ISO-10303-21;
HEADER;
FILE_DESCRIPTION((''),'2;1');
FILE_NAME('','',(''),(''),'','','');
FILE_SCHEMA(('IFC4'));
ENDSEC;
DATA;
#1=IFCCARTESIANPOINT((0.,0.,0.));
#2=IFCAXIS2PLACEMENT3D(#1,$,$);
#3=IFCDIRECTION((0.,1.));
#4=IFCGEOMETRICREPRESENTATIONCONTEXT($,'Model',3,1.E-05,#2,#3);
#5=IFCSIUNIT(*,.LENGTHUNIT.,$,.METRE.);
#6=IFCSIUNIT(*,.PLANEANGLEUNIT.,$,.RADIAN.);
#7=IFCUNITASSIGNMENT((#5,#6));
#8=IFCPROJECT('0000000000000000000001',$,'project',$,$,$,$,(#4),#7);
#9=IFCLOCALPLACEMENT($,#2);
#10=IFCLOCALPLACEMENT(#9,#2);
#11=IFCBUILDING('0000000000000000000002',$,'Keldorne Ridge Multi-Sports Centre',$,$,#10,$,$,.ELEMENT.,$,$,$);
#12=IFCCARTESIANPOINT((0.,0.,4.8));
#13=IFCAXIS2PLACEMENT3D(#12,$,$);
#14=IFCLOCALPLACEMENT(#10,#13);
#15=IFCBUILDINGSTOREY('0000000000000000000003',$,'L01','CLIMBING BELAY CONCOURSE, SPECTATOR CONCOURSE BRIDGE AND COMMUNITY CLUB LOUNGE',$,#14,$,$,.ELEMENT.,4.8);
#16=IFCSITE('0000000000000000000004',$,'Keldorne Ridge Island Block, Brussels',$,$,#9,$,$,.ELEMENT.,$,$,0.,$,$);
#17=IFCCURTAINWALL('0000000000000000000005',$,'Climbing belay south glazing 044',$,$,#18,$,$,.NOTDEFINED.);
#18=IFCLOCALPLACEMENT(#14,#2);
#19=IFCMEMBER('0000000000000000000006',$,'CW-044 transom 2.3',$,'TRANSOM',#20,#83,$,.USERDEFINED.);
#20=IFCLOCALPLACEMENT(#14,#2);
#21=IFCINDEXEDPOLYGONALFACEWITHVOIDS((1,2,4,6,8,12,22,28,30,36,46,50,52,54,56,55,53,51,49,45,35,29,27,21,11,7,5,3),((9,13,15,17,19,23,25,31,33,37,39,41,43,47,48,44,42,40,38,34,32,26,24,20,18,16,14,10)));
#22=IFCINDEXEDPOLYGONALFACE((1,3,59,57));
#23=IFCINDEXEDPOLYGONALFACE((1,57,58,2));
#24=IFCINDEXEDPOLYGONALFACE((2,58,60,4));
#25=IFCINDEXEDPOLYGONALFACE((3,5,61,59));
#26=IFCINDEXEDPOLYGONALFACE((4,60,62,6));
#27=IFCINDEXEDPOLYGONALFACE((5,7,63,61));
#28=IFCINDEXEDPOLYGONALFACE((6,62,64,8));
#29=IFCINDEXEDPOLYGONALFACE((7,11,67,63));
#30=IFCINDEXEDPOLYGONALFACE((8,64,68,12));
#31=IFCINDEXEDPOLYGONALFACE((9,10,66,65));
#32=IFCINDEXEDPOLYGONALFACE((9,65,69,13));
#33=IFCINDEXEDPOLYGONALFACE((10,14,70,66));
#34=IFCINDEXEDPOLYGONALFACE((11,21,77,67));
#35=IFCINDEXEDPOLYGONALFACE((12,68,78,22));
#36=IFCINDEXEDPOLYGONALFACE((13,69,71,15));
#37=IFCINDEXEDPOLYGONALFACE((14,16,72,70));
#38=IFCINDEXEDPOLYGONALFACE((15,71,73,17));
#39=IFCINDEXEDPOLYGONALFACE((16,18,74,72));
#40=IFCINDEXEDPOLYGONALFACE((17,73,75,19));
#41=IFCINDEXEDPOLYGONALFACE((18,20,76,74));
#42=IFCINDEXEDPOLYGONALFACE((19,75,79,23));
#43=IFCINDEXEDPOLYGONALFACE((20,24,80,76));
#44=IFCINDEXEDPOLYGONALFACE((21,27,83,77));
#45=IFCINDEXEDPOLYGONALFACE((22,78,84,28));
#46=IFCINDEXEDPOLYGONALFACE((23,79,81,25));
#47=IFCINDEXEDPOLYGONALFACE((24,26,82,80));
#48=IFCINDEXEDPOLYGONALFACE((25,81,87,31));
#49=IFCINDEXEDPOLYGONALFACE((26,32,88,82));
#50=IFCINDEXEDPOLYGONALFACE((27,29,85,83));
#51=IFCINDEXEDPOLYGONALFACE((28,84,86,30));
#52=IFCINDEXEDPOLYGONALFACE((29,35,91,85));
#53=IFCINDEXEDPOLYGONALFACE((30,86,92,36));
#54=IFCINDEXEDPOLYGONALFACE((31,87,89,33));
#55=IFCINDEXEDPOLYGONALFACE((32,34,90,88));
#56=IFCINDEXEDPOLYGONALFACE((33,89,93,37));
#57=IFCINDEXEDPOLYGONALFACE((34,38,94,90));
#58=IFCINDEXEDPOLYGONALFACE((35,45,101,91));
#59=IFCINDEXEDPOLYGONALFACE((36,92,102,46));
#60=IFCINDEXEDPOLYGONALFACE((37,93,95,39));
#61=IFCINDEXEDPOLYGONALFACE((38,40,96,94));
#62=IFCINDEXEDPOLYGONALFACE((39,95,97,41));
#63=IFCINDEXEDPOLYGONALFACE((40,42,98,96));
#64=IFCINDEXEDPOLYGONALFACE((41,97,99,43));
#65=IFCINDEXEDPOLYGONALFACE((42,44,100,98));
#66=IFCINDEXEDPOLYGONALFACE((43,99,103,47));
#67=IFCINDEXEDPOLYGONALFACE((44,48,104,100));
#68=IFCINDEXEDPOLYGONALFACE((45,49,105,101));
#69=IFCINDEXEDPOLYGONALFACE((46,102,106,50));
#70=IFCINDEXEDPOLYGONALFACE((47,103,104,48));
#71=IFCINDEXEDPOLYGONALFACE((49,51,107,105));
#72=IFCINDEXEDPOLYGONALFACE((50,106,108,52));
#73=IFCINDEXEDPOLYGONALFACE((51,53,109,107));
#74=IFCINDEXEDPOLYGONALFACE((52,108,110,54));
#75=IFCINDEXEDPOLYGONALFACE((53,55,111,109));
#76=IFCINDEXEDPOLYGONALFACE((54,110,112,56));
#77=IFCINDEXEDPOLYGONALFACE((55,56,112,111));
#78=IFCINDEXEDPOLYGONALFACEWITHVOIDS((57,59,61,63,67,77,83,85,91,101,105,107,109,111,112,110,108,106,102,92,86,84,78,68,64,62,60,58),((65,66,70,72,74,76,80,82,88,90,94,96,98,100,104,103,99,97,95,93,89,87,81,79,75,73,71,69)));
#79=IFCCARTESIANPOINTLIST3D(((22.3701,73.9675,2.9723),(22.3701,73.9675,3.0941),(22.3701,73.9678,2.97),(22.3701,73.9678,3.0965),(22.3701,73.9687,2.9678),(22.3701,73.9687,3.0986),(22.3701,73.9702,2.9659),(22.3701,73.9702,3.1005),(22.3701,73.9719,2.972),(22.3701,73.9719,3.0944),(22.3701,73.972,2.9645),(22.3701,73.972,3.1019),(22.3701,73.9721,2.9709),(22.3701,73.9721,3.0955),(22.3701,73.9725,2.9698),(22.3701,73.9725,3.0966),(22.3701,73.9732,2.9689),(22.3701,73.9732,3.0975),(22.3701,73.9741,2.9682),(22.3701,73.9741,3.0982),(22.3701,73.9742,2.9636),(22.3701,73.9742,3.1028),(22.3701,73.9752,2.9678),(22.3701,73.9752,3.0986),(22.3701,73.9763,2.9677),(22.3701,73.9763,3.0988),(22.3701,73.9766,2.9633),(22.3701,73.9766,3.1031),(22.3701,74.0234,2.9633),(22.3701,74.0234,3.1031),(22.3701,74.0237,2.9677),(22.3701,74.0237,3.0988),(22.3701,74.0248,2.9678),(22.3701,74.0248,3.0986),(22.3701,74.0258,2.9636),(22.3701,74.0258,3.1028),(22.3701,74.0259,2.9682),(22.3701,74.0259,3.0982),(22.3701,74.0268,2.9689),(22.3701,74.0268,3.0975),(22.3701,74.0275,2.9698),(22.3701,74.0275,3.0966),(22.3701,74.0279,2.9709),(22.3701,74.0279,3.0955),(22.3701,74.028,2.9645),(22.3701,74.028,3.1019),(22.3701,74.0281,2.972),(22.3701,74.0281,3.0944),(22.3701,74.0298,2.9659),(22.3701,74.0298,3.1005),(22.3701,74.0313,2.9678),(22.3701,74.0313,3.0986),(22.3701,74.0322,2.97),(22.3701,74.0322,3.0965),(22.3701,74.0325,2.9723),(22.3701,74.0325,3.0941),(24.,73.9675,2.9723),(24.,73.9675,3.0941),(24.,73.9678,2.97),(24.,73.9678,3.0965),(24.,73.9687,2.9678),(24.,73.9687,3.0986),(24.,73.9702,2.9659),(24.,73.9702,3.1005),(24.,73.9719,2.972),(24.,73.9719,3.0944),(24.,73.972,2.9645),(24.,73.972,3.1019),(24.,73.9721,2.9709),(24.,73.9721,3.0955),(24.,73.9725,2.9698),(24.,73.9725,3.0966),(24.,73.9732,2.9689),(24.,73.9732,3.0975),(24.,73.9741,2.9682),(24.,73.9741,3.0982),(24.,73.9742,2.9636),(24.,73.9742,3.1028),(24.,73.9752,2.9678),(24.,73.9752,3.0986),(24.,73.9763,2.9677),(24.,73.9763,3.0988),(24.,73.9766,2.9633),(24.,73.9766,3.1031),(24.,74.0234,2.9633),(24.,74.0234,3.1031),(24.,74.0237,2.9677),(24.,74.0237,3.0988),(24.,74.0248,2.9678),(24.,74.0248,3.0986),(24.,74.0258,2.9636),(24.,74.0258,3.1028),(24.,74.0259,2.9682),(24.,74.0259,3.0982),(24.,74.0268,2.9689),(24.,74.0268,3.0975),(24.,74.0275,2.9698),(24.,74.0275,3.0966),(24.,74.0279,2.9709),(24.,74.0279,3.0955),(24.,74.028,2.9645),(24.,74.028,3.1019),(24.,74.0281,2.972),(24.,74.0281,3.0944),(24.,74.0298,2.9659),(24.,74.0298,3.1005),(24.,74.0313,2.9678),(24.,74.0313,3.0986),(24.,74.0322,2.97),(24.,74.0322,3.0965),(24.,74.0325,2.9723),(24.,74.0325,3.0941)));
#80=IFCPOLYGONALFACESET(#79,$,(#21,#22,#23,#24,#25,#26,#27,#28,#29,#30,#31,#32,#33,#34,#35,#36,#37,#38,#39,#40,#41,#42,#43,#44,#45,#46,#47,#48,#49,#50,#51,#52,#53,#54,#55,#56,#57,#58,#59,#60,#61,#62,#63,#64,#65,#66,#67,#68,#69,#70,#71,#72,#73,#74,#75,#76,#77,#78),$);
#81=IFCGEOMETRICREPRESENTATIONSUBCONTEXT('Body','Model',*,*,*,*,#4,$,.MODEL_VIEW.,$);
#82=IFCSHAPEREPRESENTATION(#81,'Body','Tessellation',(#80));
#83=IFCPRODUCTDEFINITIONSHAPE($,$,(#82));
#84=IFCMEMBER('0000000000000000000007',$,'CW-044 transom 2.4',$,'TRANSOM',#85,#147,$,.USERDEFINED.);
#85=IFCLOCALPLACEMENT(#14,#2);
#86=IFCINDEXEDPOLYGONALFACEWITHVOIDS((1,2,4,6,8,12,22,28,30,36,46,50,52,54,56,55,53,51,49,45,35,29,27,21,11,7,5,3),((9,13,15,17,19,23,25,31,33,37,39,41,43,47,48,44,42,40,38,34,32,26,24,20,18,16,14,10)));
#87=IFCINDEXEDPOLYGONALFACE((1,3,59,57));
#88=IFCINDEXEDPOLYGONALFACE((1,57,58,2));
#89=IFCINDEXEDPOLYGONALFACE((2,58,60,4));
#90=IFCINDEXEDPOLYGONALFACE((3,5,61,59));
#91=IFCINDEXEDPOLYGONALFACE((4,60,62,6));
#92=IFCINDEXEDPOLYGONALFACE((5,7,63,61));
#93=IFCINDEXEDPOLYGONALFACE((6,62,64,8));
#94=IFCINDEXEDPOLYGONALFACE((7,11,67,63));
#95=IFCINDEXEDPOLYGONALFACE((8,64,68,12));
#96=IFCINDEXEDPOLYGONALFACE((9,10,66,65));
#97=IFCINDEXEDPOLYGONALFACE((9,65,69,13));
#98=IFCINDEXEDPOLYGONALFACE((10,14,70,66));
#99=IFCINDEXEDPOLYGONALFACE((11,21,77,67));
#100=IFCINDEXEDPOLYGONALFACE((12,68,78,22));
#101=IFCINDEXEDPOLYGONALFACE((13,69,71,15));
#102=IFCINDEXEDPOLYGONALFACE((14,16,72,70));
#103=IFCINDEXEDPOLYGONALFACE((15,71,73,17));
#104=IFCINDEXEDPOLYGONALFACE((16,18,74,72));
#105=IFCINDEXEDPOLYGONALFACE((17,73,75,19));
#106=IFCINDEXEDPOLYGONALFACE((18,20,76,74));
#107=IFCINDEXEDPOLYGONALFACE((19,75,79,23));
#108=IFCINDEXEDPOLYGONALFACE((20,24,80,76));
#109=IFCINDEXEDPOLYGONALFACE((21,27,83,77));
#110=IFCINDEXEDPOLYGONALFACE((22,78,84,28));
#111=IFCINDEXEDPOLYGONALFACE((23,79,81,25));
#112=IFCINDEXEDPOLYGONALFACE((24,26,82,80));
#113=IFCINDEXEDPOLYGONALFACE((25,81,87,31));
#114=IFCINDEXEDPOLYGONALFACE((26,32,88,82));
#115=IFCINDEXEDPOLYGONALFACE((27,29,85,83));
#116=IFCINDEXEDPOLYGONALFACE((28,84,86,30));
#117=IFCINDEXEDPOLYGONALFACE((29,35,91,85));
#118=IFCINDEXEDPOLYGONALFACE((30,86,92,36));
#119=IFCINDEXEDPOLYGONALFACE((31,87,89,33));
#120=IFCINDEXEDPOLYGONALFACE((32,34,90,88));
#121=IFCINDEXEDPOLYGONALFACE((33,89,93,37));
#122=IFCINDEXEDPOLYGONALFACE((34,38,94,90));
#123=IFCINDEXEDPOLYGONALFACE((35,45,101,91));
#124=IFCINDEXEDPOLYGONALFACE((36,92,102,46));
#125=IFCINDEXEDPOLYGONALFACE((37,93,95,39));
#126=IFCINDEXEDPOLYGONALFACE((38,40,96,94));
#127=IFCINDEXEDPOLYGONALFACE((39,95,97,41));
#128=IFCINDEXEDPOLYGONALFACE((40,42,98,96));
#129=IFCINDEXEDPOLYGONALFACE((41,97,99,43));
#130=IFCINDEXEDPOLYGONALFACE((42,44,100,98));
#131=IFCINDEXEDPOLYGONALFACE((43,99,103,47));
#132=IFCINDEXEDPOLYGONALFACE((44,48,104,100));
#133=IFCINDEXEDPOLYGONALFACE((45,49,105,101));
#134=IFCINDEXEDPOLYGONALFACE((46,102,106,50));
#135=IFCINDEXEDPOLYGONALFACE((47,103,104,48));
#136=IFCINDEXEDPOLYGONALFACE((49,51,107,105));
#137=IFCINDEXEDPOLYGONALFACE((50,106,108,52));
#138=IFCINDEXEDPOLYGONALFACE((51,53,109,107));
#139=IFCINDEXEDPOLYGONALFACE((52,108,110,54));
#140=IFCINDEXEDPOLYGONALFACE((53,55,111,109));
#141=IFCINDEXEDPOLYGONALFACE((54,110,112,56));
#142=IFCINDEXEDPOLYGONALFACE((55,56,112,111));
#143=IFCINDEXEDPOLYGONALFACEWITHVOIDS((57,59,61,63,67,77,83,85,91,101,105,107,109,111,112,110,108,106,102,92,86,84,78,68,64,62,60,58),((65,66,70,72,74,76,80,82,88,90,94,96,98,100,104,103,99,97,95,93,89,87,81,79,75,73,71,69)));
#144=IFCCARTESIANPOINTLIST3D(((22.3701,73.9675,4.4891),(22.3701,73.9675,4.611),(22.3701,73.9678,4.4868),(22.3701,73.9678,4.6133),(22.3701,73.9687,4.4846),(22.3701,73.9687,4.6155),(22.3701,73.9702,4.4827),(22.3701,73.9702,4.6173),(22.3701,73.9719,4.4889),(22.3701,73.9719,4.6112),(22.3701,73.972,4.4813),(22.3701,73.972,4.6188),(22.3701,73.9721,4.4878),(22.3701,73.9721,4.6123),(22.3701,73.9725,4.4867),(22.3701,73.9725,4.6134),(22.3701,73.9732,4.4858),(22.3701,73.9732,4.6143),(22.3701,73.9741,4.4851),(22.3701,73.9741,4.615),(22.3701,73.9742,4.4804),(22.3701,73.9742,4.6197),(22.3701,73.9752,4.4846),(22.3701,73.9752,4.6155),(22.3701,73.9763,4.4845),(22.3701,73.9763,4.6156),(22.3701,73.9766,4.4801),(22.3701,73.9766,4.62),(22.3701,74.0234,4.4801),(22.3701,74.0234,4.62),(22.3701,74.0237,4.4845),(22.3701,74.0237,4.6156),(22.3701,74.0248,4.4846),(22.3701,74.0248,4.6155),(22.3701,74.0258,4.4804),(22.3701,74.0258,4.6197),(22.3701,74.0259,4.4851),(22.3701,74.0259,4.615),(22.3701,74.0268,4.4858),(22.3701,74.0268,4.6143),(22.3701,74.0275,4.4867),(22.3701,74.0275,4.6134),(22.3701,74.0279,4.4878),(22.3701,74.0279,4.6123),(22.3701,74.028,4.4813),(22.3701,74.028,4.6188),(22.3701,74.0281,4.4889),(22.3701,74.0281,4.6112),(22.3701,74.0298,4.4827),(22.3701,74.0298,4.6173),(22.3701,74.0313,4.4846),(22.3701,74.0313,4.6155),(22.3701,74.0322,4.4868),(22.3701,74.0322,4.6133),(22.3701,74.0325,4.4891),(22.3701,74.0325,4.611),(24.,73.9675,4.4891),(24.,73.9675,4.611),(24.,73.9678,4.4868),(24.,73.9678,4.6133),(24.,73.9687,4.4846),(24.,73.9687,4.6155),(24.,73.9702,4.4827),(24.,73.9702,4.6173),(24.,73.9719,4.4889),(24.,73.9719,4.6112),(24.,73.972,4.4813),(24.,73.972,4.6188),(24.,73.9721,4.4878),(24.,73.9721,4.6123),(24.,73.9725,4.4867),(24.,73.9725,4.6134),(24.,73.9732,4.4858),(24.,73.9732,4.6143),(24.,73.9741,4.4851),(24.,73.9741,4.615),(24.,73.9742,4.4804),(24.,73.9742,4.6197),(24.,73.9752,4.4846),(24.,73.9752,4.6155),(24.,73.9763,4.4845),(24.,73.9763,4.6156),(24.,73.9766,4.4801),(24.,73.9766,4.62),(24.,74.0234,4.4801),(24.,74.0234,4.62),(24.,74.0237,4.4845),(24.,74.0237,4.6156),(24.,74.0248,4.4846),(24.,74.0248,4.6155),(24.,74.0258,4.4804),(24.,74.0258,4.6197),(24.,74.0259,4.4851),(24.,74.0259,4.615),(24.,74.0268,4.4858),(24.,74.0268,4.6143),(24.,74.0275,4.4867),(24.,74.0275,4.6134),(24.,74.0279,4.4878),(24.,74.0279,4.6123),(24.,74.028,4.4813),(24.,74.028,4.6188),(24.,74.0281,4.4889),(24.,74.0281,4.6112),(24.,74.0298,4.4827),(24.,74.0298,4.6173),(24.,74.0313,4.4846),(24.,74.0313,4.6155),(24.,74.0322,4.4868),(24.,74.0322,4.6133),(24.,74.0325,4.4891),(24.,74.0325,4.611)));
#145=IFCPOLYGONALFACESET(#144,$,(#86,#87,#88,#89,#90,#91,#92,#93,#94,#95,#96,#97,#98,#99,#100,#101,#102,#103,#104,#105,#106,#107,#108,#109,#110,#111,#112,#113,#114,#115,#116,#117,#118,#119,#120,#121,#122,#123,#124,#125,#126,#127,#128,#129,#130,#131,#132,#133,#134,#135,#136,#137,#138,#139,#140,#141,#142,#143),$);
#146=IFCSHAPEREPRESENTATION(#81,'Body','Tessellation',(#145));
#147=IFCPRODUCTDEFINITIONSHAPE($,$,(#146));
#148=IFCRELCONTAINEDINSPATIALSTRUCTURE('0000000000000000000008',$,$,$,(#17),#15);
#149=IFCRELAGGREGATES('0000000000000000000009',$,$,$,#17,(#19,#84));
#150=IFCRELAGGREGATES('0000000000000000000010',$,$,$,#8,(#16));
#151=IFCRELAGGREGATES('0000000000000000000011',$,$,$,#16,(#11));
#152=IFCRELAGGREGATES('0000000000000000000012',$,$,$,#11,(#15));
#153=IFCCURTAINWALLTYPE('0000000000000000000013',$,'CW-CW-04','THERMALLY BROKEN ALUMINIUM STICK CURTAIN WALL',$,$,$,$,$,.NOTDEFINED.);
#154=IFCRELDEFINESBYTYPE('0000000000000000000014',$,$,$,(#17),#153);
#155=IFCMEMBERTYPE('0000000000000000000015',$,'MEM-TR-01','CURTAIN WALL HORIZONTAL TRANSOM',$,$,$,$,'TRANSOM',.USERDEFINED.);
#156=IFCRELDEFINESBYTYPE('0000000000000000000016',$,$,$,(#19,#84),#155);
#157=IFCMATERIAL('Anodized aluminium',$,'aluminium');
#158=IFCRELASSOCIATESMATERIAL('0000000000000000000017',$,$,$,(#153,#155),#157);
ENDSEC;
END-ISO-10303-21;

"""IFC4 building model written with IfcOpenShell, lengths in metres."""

from ifc_helpers import new_model, si_unit, direction, frame, origin, origin_2d, place, context, subcontext, project, spatial, hollow_rectangle, extrude, material, material_profile, profile_set, type_object, element, aggregate, save


model = new_model("IFC4")

# Units and contexts
model_context = context("Model", 3, precision=1e-05, world=origin(), true_north=direction((0.0, 1.0)))
body_context = subcontext(model_context, "Body", "Model", "MODEL_VIEW")
ifc_project = project(units=[si_unit("LENGTHUNIT", "METRE"), si_unit("PLANEANGLEUNIT", "RADIAN")], contexts=[model_context])

# Site, building, storey
site_placement = place(None, origin())
site = spatial("IfcSite", under=ifc_project, at=site_placement, Name="Keldorne Ridge Island Block, Brussels", CompositionType="ELEMENT", RefElevation=0.0)
building_placement = place(site_placement, origin())
building = spatial("IfcBuilding", under=site, at=building_placement, Name="Keldorne Ridge Multi-Sports Centre", CompositionType="ELEMENT")
storey_placement = place(building_placement, frame((0.0, 0.0, 4.8)))
storey = spatial("IfcBuildingStorey", under=building, at=storey_placement, Name="L01", Description="CLIMBING BELAY CONCOURSE, SPECTATOR CONCOURSE BRIDGE AND COMMUNITY CLUB LOUNGE", CompositionType="ELEMENT", Elevation=4.8)

# Curtain wall
ifc_material_1 = material(Name="Anodized aluminium", Category="aluminium")
curtain_wall_type_1 = type_object("IfcCurtainWallType", Name="CW-CW-04", Description="THERMALLY BROKEN ALUMINIUM STICK CURTAIN WALL", PredefinedType="NOTDEFINED", material=ifc_material_1)
curtain_wall_1_placement = place(storey_placement, origin())
curtain_wall_1 = element("IfcCurtainWall", 1, at=curtain_wall_1_placement, inside=storey, type_object=curtain_wall_type_1, Name="Climbing belay south glazing 044", PredefinedType="NOTDEFINED")

# Members
ifc_material_profile_1 = material_profile(ifc_material_1, hollow_rectangle(XDim=0.0649, YDim=0.1399, WallThickness=0.0044, InnerFilletRadius=0.0044, OuterFilletRadius=0.009, at=origin_2d()), Name="ALU TRANSOM 140x65x4.5")
ifc_profile_set_1 = profile_set([ifc_material_profile_1], Name="Anodized aluminium")
member_type_1 = type_object("IfcMemberType", Name="MEM-TR-01", Description="CURTAIN WALL HORIZONTAL TRANSOM", ElementType="TRANSOM", PredefinedType="USERDEFINED", material=ifc_profile_set_1)
member_1_placement = place(storey_placement, frame((22.3701, 74.0, 3.0332), z_axis=(1.0, 0.0, 0.0), x_axis=(0.0, 1.0, 0.0)))
member_1 = element("IfcMember", 2, at=member_1_placement, type_object=member_type_1, Name="CW-044 transom 2.3", ObjectType="TRANSOM", PredefinedType="USERDEFINED", context=body_context, shape_type="SweptSolid", body=[
    extrude(hollow_rectangle(XDim=0.0649, YDim=0.1399, WallThickness=0.0044, InnerFilletRadius=0.0044, OuterFilletRadius=0.009, at=origin_2d()), origin(), (0.0, 0.0, 1.0), 1.6299),
])
member_2_placement = place(storey_placement, frame((22.3701, 74.0, 4.55), z_axis=(1.0, 0.0, 0.0), x_axis=(0.0, 1.0, 0.0)))
member_2 = element("IfcMember", 3, at=member_2_placement, type_object=member_type_1, Name="CW-044 transom 2.4", ObjectType="TRANSOM", PredefinedType="USERDEFINED", context=body_context, shape_type="SweptSolid", body=[
    extrude(hollow_rectangle(XDim=0.0649, YDim=0.1399, WallThickness=0.0044, InnerFilletRadius=0.0044, OuterFilletRadius=0.009, at=origin_2d()), origin(), (0.0, 0.0, 1.0), 1.6299),
])

aggregate(curtain_wall_1, [member_1, member_2])

save(model, "model.ifc")
